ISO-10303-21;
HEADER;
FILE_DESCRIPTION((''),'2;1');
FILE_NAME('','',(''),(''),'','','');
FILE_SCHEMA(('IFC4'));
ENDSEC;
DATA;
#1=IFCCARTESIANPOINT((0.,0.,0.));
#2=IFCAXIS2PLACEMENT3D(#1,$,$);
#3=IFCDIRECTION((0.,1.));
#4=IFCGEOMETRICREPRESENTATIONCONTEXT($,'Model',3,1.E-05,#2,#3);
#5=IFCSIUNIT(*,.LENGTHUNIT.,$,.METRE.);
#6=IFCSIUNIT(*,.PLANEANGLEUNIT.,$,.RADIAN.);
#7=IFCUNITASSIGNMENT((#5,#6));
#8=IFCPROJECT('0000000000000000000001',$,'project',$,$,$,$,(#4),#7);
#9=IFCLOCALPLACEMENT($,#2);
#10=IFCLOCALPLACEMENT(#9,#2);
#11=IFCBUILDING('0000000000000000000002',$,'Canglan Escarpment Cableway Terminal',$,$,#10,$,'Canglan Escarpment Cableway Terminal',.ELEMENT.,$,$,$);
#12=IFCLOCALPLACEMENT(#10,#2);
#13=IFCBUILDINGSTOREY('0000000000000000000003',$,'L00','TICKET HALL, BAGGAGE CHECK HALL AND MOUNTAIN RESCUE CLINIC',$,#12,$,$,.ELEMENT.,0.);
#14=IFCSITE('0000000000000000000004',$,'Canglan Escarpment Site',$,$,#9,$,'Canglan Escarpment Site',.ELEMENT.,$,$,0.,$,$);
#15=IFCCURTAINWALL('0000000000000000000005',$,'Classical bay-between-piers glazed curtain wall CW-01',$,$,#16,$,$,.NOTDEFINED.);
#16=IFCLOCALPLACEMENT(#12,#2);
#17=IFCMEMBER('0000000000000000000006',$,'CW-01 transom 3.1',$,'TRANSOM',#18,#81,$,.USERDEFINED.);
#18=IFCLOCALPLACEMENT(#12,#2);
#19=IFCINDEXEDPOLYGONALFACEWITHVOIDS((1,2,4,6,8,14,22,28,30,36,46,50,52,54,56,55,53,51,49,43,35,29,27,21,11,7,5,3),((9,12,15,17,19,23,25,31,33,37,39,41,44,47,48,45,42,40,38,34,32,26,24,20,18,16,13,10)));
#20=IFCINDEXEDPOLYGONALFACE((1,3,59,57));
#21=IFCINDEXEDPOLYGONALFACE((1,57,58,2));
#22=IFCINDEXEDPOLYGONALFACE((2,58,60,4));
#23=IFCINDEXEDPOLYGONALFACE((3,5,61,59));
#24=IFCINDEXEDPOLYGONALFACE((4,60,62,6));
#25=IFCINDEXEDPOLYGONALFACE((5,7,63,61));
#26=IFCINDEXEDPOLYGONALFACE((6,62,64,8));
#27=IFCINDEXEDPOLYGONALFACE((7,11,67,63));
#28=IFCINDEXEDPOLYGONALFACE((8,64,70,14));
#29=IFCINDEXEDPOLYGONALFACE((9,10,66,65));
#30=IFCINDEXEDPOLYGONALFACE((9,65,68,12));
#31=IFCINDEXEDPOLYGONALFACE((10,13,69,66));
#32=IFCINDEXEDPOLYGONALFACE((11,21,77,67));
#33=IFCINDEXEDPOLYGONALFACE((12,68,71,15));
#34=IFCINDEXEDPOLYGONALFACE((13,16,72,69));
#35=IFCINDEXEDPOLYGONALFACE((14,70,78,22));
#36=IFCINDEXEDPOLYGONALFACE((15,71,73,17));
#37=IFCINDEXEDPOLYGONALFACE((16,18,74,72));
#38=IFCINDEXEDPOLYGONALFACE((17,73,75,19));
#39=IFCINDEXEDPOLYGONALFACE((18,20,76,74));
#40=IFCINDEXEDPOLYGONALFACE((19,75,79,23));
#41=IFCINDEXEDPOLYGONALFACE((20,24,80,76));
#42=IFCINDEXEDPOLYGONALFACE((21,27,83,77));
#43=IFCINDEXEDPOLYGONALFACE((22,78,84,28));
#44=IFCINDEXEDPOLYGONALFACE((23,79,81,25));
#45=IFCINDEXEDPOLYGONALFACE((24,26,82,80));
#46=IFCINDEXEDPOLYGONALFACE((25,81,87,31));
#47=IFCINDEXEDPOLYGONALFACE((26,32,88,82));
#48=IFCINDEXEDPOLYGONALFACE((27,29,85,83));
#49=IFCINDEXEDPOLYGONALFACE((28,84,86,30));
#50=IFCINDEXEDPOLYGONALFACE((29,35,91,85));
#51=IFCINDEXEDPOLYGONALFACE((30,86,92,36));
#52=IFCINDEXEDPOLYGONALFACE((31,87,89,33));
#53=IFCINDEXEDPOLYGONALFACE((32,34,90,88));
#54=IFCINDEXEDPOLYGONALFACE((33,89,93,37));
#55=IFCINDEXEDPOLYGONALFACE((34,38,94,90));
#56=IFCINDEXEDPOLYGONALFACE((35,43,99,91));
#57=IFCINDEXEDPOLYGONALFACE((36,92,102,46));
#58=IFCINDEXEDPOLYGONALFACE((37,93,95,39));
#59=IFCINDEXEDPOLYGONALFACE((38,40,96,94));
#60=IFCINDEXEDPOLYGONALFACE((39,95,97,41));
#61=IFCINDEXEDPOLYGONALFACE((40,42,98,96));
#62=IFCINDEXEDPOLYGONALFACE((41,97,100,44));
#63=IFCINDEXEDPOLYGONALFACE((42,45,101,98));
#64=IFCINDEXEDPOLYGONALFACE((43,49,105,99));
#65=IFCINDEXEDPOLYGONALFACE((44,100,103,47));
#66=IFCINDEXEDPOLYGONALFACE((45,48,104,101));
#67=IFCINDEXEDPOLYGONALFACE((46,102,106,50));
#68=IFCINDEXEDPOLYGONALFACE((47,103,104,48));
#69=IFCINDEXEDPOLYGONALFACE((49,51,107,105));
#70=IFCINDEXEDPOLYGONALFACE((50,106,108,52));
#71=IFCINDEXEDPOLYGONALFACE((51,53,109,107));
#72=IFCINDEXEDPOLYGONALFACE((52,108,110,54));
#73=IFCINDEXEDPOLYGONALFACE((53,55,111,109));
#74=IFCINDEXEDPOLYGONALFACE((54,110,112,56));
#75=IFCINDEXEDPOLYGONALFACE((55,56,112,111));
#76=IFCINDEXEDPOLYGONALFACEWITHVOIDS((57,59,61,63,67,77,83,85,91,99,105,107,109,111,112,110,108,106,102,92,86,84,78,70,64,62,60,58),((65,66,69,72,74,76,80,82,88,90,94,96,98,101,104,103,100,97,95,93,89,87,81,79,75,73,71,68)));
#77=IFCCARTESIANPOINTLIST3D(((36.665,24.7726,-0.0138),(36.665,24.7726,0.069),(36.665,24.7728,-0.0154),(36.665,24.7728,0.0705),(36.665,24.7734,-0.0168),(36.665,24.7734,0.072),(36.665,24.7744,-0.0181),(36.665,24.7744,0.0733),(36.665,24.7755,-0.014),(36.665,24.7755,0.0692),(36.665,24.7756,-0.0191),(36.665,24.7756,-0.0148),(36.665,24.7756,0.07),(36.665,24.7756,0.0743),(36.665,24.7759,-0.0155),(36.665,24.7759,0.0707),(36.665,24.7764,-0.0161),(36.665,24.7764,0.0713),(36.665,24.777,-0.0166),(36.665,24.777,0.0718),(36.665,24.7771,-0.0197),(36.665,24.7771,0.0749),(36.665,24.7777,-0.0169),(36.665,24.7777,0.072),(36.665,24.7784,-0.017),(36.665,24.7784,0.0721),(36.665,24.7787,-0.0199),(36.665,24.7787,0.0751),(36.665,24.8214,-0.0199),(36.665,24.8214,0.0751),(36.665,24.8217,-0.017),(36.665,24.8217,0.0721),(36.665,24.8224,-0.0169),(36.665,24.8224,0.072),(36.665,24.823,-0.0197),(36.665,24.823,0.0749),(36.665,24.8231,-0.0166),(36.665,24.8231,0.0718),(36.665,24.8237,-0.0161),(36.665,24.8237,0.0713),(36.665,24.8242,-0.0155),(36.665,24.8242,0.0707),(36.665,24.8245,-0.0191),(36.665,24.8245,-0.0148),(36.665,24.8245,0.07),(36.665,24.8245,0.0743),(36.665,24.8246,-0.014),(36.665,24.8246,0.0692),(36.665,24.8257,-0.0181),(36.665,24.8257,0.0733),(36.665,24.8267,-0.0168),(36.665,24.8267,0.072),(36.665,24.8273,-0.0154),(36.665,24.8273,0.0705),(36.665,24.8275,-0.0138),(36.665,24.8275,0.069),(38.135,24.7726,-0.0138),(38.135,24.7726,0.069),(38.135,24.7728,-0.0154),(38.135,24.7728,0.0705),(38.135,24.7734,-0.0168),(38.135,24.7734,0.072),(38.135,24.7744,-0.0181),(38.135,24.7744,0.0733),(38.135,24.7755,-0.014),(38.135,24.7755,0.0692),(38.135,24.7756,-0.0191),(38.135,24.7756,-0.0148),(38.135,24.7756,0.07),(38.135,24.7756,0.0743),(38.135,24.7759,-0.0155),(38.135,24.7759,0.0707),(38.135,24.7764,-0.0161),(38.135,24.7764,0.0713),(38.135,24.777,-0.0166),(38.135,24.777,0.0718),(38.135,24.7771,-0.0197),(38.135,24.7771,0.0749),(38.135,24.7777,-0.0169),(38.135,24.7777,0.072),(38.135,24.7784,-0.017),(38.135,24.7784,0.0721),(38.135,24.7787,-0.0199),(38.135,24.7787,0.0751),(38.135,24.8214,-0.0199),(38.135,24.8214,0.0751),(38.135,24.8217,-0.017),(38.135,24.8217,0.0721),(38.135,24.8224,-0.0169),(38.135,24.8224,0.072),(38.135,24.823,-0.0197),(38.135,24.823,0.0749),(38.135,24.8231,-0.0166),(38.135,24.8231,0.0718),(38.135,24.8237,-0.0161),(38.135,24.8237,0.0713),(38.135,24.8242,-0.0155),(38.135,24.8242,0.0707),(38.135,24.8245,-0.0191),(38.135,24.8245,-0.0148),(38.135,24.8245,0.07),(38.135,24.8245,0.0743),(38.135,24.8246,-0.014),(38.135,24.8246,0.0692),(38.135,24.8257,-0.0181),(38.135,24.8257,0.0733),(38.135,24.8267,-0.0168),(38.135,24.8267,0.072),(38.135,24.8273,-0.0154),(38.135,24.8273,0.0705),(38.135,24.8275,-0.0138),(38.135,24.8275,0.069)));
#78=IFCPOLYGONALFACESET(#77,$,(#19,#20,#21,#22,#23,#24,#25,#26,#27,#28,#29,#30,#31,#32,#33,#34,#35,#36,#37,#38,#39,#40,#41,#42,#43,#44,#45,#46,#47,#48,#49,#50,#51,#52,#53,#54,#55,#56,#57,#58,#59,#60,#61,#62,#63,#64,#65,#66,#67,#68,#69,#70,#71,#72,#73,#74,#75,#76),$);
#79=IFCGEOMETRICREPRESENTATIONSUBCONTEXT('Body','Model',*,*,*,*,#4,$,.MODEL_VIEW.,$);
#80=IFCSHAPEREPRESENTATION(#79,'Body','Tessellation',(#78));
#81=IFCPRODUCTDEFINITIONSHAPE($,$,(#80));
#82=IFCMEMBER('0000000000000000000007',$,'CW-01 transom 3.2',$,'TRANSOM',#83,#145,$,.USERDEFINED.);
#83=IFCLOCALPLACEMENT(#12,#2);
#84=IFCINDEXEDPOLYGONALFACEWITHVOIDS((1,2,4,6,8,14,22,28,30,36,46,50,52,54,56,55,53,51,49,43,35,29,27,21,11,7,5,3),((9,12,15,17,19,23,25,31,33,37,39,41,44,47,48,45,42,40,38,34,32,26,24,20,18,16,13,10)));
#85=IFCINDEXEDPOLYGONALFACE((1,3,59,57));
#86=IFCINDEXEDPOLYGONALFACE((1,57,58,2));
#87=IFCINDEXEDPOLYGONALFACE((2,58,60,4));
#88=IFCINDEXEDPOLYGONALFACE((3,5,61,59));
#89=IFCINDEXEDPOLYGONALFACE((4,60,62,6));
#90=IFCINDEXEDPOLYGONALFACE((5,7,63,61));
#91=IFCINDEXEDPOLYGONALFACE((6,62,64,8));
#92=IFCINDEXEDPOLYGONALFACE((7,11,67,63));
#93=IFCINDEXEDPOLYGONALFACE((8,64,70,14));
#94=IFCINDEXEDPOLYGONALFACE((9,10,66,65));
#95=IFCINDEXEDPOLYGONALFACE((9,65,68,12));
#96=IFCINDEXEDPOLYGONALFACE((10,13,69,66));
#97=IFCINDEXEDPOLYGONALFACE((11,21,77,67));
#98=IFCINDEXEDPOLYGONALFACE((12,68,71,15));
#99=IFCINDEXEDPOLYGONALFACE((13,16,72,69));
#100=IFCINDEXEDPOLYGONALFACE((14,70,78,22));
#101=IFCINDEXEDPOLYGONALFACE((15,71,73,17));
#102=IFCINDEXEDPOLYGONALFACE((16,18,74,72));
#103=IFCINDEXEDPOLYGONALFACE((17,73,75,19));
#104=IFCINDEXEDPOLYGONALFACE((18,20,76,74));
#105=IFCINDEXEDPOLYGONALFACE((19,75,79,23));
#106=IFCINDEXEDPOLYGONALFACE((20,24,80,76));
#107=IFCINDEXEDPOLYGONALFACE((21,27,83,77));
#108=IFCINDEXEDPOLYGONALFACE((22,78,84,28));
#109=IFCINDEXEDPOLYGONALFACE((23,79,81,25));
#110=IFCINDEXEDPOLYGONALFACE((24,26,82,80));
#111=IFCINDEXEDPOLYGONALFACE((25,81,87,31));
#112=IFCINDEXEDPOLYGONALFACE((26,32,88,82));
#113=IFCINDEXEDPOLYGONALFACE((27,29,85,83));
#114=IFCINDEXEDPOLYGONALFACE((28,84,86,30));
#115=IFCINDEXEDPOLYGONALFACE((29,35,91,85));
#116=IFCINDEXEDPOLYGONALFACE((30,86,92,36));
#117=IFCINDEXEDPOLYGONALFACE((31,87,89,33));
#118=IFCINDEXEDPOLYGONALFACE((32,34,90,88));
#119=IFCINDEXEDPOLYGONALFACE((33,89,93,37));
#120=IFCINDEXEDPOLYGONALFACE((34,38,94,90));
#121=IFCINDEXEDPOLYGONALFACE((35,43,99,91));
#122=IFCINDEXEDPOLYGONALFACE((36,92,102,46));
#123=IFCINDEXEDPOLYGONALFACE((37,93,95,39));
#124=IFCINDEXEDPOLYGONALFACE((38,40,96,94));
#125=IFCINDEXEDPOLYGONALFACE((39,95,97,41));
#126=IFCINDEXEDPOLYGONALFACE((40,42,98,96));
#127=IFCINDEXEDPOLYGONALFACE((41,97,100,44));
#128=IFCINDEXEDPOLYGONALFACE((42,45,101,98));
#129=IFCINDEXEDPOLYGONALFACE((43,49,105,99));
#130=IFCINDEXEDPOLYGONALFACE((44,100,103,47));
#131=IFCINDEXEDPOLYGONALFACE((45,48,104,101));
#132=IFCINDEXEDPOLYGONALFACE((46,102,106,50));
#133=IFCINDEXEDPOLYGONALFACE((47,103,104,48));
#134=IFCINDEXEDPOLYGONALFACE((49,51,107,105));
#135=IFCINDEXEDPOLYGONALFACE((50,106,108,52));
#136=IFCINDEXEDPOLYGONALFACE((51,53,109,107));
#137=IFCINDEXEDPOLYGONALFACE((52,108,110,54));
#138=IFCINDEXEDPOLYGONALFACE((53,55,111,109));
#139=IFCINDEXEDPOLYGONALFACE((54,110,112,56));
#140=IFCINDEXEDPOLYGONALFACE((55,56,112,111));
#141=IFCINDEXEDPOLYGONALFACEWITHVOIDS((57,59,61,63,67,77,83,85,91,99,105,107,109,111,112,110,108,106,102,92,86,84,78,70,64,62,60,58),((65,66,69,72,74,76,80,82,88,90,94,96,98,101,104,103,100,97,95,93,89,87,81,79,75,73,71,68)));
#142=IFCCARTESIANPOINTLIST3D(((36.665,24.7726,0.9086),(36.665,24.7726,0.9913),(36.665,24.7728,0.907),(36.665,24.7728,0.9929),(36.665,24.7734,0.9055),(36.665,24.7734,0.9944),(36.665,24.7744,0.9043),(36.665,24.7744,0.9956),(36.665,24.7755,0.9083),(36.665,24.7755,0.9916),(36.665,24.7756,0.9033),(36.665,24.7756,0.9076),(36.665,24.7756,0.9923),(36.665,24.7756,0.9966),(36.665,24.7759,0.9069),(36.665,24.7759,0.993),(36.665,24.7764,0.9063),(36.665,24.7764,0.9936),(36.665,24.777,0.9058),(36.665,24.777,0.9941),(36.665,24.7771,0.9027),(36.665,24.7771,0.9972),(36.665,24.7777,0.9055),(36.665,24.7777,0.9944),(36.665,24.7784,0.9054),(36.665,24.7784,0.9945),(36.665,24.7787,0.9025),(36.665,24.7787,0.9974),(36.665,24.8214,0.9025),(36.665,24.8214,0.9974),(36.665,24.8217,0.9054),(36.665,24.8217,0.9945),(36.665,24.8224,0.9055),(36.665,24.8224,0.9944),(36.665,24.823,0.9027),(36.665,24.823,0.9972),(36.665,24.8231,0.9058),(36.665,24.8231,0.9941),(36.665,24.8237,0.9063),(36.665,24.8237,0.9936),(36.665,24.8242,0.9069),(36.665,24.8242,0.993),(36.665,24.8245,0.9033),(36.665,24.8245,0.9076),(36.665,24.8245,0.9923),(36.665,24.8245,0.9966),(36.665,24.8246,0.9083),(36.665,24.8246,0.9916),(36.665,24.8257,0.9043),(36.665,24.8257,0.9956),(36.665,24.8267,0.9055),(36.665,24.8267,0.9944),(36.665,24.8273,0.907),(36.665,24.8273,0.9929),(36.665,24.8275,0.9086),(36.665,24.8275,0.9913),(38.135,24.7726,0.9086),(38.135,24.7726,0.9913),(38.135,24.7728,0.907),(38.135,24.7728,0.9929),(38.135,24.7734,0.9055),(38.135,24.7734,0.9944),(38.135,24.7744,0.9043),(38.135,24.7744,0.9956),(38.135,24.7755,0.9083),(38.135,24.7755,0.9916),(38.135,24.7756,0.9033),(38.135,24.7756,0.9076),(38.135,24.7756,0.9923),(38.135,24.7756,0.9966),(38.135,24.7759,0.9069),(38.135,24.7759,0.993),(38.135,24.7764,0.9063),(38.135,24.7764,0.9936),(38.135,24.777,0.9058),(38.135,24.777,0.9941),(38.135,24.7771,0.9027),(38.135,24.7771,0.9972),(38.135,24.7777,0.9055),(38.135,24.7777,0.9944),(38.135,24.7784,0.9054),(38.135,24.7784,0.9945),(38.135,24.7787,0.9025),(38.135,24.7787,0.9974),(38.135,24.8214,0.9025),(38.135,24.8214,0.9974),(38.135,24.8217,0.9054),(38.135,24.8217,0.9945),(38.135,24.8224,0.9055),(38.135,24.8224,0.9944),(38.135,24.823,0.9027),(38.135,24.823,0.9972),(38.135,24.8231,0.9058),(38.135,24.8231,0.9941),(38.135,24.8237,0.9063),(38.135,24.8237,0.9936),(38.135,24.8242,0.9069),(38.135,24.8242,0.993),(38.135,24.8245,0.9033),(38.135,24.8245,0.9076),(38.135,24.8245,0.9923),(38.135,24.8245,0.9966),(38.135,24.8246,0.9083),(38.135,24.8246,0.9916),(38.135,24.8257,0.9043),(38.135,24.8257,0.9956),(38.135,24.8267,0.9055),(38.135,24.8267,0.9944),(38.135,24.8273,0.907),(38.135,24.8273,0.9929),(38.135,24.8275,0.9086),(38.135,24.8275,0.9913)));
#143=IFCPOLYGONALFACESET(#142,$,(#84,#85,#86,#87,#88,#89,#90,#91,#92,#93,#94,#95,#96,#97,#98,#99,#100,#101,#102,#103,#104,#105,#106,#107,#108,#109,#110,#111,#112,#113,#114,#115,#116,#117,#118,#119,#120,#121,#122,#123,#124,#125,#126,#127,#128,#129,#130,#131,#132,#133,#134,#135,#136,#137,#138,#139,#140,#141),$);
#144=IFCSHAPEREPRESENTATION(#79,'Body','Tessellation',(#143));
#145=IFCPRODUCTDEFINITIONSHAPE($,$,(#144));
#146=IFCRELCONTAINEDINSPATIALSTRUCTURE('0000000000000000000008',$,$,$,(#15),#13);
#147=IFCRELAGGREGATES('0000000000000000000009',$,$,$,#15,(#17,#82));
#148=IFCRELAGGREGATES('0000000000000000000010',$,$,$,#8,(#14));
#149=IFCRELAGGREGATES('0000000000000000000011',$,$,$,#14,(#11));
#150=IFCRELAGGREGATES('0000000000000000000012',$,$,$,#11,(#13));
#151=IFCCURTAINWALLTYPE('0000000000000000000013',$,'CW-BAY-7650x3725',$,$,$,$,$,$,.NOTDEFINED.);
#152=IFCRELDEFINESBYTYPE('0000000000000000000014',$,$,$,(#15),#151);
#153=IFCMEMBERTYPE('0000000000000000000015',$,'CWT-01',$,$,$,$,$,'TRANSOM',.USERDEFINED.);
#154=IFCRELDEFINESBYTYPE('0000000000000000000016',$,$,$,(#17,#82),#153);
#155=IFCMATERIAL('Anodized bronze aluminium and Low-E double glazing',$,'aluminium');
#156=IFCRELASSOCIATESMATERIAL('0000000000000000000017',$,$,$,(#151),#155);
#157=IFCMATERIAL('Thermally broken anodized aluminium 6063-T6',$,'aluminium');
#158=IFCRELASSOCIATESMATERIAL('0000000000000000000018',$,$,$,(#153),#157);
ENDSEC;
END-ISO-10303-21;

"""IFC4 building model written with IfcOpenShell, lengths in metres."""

from ifc_helpers import new_model, si_unit, direction, frame, origin, origin_2d, place, context, subcontext, project, spatial, hollow_rectangle, extrude, material, material_profile, profile_set, type_object, element, aggregate, save


model = new_model("IFC4")

# Units and contexts
model_context = context("Model", 3, precision=1e-05, world=origin(), true_north=direction((0.0, 1.0)))
body_context = subcontext(model_context, "Body", "Model", "MODEL_VIEW")
ifc_project = project(units=[si_unit("LENGTHUNIT", "METRE"), si_unit("PLANEANGLEUNIT", "RADIAN")], contexts=[model_context])

# Site, building, storey
site_placement = place(None, origin())
site = spatial("IfcSite", under=ifc_project, at=site_placement, Name="Canglan Escarpment Site", LongName="Canglan Escarpment Site", CompositionType="ELEMENT", RefElevation=0.0)
building_placement = place(site_placement, origin())
building = spatial("IfcBuilding", under=site, at=building_placement, Name="Canglan Escarpment Cableway Terminal", LongName="Canglan Escarpment Cableway Terminal", CompositionType="ELEMENT")
storey_placement = place(building_placement, origin())
storey = spatial("IfcBuildingStorey", under=building, at=storey_placement, Name="L00", Description="TICKET HALL, BAGGAGE CHECK HALL AND MOUNTAIN RESCUE CLINIC", CompositionType="ELEMENT", Elevation=0.0)

# Curtain wall, members
ifc_material_1 = material(Name="Anodized bronze aluminium and Low-E double glazing", Category="aluminium")
curtain_wall_type = type_object("IfcCurtainWallType", Name="CW-BAY-7650x3725", PredefinedType="NOTDEFINED", material=ifc_material_1)
curtain_wall_placement = place(storey_placement, origin())
curtain_wall = element("IfcCurtainWall", 1, at=curtain_wall_placement, inside=storey, type_object=curtain_wall_type, Name="Classical bay-between-piers glazed curtain wall CW-01", PredefinedType="NOTDEFINED")
ifc_material_2 = material(Name="Thermally broken anodized aluminium 6063-T6", Category="aluminium")
ifc_material_profile_1 = material_profile(ifc_material_2, hollow_rectangle(XDim=0.0549, YDim=0.095, WallThickness=0.0029, InnerFilletRadius=0.0029, OuterFilletRadius=0.0061, at=origin_2d()), Name="ALU-TRAN 55x95x3")
ifc_profile_set_1 = profile_set([ifc_material_profile_1], Name="Thermally broken anodized aluminium 6063-T6")
member_type_1 = type_object("IfcMemberType", Name="CWT-01", ElementType="TRANSOM", PredefinedType="USERDEFINED", material=ifc_profile_set_1)
member_1_placement = place(storey_placement, frame((38.135, 24.8, 0.0276), z_axis=(-1.0, 0.0, 0.0), x_axis=(0.0, -1.0, 0.0)))
member_1 = element("IfcMember", 2, at=member_1_placement, type_object=member_type_1, Name="CW-01 transom 3.1", ObjectType="TRANSOM", PredefinedType="USERDEFINED", context=body_context, shape_type="SweptSolid", body=[
    extrude(hollow_rectangle(XDim=0.0549, YDim=0.095, WallThickness=0.0029, InnerFilletRadius=0.0029, OuterFilletRadius=0.0061, at=origin_2d()), origin(), (0.0, 0.0, 1.0), 1.47),
])
member_2_placement = place(storey_placement, frame((38.135, 24.8, 0.95), z_axis=(-1.0, 0.0, 0.0), x_axis=(0.0, -1.0, 0.0)))
member_2 = element("IfcMember", 3, at=member_2_placement, type_object=member_type_1, Name="CW-01 transom 3.2", ObjectType="TRANSOM", PredefinedType="USERDEFINED", context=body_context, shape_type="SweptSolid", body=[
    extrude(hollow_rectangle(XDim=0.0549, YDim=0.095, WallThickness=0.0029, InnerFilletRadius=0.0029, OuterFilletRadius=0.0061, at=origin_2d()), origin(), (0.0, 0.0, 1.0), 1.47),
])
aggregate(curtain_wall, [member_1, member_2])

save(model, "model.ifc")
